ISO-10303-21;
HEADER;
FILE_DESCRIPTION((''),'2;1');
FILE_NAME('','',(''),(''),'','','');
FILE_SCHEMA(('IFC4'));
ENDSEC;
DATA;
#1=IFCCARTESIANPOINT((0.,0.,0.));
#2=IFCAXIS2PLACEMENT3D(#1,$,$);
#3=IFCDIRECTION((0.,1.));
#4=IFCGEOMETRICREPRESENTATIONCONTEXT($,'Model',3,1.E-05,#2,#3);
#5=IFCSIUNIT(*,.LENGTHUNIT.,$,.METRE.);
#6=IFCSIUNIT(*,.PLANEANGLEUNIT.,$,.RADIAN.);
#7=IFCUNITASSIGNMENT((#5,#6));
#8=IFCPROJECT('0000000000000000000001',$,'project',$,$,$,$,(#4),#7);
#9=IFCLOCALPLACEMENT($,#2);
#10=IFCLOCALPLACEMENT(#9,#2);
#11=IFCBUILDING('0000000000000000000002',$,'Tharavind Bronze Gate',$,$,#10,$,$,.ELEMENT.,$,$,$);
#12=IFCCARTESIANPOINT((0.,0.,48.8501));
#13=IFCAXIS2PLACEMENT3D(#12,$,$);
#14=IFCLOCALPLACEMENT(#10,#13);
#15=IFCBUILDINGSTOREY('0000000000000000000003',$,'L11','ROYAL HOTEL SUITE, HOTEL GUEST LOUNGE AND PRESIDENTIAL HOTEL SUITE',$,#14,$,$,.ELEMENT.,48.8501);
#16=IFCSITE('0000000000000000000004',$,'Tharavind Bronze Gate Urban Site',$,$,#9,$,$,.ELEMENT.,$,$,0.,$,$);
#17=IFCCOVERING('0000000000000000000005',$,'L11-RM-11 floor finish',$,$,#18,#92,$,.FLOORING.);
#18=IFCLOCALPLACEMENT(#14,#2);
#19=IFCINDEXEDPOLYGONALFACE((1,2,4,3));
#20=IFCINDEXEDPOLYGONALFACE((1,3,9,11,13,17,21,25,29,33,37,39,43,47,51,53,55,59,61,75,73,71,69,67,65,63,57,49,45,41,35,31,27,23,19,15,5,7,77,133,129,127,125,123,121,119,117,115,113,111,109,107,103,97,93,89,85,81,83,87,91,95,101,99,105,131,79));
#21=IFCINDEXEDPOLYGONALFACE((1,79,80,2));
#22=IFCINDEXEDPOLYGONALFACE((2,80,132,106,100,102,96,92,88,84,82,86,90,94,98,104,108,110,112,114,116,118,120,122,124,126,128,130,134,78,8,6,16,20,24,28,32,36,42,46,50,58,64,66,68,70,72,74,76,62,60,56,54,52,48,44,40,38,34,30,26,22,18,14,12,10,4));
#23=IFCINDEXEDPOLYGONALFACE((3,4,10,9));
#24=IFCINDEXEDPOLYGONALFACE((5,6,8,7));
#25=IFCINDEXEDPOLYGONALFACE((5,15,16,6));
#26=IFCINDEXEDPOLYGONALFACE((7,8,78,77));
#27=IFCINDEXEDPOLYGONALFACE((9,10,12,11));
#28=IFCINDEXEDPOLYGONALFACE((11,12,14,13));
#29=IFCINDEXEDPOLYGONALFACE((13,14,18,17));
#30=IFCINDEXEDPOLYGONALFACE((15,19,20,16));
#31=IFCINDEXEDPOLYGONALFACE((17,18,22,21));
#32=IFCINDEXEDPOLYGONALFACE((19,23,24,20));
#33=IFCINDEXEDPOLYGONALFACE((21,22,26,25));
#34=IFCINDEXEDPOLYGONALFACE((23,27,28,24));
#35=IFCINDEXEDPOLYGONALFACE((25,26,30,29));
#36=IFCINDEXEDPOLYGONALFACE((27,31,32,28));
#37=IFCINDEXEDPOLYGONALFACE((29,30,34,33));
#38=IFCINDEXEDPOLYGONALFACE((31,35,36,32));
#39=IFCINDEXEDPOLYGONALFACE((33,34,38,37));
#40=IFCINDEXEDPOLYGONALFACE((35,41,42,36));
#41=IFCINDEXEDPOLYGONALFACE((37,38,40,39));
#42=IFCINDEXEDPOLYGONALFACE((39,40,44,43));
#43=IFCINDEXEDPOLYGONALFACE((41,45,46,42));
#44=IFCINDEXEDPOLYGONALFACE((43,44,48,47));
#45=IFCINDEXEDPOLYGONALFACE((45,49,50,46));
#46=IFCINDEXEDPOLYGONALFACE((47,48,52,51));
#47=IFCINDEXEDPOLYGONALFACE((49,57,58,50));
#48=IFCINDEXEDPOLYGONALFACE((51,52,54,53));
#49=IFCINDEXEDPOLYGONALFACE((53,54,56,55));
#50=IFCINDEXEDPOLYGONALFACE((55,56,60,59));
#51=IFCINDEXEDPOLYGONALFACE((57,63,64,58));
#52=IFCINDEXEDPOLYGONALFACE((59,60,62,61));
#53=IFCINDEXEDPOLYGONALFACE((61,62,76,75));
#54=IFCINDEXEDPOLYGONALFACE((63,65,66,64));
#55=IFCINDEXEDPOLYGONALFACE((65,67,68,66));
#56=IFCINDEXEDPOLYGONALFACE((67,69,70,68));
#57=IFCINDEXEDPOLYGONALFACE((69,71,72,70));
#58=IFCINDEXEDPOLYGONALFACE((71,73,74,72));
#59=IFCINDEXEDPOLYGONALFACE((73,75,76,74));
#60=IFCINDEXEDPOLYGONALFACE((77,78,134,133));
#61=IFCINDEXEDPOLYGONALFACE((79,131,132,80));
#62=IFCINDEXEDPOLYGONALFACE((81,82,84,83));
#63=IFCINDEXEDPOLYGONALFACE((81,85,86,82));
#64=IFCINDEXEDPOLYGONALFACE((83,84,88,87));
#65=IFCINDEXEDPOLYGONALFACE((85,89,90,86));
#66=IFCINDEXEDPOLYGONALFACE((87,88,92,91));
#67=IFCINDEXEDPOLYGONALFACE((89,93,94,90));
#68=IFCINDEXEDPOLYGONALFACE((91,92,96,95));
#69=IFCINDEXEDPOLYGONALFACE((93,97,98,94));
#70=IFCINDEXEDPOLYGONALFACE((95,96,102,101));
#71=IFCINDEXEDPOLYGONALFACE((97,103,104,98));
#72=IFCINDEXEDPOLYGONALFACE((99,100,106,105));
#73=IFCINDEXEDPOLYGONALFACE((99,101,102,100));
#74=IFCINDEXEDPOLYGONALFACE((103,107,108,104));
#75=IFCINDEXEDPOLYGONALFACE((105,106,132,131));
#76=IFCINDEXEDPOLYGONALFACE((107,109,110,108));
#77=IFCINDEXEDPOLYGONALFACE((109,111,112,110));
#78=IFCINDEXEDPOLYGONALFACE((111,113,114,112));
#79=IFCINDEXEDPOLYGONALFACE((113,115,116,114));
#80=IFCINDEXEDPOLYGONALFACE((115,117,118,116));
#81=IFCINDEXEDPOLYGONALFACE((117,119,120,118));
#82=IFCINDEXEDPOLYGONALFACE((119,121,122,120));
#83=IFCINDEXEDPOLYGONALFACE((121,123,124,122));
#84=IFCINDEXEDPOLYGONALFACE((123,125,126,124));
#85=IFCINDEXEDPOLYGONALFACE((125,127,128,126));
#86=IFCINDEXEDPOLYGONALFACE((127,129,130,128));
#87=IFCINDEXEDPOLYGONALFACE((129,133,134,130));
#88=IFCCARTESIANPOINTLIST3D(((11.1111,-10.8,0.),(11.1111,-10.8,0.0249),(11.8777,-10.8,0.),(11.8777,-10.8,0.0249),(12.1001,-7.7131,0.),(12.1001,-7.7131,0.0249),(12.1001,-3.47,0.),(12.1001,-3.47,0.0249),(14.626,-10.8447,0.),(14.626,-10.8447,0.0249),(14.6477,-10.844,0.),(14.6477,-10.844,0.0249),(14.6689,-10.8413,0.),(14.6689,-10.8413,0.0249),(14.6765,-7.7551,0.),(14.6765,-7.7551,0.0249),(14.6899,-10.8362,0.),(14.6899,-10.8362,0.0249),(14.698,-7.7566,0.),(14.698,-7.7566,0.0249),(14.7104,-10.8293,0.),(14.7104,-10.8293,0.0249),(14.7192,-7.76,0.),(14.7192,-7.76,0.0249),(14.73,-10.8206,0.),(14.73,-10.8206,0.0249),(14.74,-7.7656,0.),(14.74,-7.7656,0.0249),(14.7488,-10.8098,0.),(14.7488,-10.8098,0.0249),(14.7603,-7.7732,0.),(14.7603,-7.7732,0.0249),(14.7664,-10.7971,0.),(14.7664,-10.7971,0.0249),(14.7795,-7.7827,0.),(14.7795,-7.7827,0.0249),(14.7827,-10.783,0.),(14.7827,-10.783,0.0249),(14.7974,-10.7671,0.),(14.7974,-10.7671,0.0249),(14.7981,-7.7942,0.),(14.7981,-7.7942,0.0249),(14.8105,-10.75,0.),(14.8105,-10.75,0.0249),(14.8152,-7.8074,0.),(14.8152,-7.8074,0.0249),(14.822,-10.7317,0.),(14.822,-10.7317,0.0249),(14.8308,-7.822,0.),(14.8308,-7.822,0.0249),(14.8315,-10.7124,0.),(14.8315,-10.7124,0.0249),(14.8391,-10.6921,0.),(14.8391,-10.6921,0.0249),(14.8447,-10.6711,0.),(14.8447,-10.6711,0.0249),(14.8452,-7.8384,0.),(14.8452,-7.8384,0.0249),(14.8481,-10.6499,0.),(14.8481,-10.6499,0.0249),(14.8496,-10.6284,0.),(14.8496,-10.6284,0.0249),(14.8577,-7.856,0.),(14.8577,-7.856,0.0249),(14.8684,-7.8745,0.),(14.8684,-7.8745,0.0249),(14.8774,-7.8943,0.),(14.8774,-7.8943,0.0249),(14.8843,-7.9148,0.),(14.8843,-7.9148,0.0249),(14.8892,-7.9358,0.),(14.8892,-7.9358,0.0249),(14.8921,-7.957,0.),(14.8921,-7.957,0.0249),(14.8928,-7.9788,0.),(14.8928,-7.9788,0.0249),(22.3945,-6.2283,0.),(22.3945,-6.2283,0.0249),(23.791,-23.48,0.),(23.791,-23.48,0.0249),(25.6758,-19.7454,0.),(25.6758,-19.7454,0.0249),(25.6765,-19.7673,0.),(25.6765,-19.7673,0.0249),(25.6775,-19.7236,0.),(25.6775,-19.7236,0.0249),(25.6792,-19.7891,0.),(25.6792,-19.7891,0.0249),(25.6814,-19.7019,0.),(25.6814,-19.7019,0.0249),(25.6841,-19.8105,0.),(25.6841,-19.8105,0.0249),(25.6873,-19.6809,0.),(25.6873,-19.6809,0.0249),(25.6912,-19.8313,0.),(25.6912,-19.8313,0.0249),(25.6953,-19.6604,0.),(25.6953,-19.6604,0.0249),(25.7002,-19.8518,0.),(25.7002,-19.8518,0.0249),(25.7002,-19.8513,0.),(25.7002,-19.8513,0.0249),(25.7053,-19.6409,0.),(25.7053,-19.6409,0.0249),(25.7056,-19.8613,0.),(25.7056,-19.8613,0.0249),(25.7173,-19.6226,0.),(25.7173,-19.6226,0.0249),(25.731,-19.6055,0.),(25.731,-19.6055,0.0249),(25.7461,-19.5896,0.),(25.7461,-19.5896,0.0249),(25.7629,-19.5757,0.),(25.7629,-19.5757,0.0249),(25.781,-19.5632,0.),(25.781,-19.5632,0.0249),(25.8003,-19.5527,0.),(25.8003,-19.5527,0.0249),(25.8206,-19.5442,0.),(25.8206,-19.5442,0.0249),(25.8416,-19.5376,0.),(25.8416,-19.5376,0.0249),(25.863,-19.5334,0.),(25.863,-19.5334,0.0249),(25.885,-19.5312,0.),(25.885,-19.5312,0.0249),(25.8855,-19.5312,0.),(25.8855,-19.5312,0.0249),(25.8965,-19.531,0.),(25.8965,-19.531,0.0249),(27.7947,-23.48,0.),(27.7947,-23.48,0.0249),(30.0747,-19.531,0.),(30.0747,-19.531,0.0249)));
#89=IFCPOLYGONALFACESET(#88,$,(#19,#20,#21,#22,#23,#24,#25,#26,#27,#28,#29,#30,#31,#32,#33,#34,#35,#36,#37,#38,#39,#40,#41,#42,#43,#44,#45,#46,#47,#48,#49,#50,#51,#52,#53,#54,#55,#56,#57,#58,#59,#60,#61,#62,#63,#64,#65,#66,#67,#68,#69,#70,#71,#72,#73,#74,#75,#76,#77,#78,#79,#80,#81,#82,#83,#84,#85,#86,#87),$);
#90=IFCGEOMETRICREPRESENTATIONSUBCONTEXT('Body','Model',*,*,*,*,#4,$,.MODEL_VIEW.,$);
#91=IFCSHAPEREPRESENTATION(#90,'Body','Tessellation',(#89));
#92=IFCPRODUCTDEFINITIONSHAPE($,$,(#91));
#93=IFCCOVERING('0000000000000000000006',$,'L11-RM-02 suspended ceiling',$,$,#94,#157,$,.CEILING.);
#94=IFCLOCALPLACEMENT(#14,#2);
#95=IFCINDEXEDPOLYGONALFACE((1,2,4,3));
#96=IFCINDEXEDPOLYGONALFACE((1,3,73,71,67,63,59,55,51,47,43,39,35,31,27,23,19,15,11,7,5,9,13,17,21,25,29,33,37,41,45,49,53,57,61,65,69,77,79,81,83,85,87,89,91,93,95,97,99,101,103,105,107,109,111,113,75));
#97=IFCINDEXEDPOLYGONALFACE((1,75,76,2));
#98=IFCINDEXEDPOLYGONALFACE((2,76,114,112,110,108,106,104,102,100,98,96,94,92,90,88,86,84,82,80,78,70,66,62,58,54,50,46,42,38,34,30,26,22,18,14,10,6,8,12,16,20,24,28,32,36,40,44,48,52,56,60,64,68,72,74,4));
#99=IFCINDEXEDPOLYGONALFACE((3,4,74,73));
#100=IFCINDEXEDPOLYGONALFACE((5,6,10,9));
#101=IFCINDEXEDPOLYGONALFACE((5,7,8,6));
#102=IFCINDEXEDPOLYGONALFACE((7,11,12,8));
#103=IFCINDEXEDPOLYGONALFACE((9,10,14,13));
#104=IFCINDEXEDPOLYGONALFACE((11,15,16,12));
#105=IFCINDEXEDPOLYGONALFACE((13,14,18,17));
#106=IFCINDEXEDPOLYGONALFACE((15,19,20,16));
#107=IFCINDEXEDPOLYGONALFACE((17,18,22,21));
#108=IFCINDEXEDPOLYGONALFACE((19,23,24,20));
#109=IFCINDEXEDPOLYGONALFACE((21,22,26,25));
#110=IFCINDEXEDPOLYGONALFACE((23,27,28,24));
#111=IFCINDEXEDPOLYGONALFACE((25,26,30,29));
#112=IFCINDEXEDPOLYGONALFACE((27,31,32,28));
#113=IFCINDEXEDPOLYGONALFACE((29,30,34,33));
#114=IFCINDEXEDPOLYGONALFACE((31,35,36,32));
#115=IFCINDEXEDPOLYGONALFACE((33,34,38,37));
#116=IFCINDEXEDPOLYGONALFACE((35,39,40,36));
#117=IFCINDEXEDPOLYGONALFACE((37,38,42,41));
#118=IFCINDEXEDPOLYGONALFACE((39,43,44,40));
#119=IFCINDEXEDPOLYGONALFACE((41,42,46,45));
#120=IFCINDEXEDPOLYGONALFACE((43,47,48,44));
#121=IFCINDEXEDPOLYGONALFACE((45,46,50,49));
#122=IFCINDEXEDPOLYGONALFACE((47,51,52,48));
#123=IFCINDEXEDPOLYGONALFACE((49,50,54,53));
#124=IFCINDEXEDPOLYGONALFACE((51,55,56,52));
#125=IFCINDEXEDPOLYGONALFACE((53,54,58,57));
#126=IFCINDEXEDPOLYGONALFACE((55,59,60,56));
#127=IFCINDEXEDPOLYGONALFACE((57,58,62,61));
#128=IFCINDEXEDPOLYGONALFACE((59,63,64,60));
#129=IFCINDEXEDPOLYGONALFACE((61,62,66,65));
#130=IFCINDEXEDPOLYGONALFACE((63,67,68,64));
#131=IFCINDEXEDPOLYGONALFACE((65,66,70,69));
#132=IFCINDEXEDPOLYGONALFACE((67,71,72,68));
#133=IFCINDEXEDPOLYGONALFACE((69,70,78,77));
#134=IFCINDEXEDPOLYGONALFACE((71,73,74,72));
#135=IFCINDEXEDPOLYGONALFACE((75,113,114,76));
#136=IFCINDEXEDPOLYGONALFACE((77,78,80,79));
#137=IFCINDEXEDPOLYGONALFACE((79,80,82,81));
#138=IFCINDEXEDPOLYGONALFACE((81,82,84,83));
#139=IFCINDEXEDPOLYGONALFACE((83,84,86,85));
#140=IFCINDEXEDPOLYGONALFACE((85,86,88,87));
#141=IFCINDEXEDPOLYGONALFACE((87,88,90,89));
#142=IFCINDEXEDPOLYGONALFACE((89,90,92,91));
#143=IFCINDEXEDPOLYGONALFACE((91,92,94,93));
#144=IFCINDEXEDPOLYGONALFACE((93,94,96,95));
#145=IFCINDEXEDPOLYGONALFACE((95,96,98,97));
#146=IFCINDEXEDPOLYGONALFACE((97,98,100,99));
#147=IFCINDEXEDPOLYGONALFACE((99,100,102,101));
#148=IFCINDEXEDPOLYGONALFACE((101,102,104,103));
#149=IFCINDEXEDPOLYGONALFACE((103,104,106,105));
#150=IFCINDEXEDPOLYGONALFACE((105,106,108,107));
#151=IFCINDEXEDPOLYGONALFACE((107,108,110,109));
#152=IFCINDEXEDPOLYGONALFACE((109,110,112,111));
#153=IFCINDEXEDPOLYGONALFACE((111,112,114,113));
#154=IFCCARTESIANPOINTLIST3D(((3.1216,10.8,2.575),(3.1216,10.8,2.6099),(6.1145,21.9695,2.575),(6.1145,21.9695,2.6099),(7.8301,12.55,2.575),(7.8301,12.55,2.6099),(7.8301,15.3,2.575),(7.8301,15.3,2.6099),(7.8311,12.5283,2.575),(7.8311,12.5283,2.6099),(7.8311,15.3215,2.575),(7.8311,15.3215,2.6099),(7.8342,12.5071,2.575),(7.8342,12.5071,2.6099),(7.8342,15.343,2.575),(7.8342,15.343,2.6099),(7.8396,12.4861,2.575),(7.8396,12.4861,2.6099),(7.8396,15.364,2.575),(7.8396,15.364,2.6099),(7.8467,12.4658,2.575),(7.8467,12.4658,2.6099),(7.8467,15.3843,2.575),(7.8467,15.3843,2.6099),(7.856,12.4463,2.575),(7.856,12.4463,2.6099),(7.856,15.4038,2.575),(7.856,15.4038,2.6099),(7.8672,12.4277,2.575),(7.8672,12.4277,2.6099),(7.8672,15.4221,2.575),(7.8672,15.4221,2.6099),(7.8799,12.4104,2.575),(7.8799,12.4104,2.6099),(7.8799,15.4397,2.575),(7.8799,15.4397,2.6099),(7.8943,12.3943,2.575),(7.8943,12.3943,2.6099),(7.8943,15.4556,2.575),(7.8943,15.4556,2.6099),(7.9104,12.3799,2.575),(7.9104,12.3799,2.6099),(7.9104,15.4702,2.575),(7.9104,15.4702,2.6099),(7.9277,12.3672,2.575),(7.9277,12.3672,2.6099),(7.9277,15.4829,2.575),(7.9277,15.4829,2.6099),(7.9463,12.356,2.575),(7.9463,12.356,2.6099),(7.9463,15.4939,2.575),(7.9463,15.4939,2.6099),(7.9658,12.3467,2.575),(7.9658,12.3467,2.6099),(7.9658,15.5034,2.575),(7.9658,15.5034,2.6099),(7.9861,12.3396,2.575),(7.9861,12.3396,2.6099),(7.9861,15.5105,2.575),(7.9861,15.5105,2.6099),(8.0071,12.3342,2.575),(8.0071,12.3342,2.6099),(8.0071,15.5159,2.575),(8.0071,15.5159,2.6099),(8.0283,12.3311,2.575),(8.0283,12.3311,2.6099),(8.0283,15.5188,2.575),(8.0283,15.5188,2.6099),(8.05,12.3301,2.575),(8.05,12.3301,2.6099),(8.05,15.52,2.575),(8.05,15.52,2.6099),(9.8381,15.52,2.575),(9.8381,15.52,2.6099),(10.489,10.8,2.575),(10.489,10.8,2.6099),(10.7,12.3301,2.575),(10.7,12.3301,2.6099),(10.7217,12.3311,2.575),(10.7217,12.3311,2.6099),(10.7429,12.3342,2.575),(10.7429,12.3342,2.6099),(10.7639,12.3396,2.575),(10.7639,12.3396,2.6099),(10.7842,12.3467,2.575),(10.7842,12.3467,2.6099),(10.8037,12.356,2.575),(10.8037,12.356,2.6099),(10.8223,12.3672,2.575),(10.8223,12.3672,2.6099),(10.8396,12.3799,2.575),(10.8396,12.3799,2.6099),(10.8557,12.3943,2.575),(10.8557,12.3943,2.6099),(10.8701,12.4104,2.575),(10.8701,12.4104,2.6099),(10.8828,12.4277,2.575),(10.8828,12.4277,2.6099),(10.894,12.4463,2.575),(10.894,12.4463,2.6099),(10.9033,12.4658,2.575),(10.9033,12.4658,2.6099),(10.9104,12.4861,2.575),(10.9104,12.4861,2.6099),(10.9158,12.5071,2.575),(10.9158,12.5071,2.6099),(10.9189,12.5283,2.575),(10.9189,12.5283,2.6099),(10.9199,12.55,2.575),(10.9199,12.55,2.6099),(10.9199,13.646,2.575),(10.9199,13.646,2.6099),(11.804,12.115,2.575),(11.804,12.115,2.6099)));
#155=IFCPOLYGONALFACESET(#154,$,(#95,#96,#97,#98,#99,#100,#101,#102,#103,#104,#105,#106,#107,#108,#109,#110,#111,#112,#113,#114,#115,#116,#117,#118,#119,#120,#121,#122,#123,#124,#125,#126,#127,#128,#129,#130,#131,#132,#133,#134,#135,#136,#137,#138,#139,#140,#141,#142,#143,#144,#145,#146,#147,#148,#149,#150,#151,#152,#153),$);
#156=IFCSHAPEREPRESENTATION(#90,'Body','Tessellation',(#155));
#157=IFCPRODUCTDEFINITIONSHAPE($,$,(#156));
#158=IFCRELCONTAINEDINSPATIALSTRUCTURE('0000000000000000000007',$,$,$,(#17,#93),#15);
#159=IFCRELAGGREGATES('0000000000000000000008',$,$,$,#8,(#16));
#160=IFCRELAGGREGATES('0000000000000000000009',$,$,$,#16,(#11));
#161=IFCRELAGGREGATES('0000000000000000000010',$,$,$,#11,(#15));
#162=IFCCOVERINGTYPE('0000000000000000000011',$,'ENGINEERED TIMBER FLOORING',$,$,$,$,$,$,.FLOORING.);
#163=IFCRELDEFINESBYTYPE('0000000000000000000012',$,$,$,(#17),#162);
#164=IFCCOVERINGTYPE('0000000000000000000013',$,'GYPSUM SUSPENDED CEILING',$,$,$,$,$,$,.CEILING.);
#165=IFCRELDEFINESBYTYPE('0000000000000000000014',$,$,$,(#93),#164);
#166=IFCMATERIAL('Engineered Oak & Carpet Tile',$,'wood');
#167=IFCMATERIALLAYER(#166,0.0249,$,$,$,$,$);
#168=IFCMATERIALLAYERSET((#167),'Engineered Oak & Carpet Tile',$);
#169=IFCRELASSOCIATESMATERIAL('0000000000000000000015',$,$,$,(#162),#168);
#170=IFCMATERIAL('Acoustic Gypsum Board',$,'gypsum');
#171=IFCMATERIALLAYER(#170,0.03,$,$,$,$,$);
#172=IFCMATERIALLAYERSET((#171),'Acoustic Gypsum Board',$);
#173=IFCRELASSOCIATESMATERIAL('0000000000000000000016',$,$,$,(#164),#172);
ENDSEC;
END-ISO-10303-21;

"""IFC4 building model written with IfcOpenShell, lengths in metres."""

from ifc_helpers import new_model, si_unit, direction, frame, origin, place, context, subcontext, project, spatial, polyline, outline, extrude, material, layer, layer_set, type_object, element, save


model = new_model("IFC4")

# Units and contexts
model_context = context("Model", 3, precision=1e-05, world=origin(), true_north=direction((0.0, 1.0)))
body_context = subcontext(model_context, "Body", "Model", "MODEL_VIEW")
ifc_project = project(units=[si_unit("LENGTHUNIT", "METRE"), si_unit("PLANEANGLEUNIT", "RADIAN")], contexts=[model_context])

# Site, building, storey
site_placement = place(None, origin())
site = spatial("IfcSite", under=ifc_project, at=site_placement, Name="Tharavind Bronze Gate Urban Site", CompositionType="ELEMENT", RefElevation=0.0)
building_placement = place(site_placement, origin())
building = spatial("IfcBuilding", under=site, at=building_placement, Name="Tharavind Bronze Gate", CompositionType="ELEMENT")
storey_placement = place(building_placement, frame((0.0, 0.0, 48.8501)))
storey = spatial("IfcBuildingStorey", under=building, at=storey_placement, Name="L11", Description="ROYAL HOTEL SUITE, HOTEL GUEST LOUNGE AND PRESIDENTIAL HOTEL SUITE", CompositionType="ELEMENT", Elevation=48.8501)

# Coverings
ifc_material_1 = material(Name="Engineered Oak & Carpet Tile", Category="wood")
ifc_layer_1 = layer(ifc_material_1, 0.0249)
ifc_layer_set_1 = layer_set([ifc_layer_1], Name="Engineered Oak & Carpet Tile")
covering_type_1 = type_object("IfcCoveringType", Name="ENGINEERED TIMBER FLOORING", PredefinedType="FLOORING", material=ifc_layer_set_1)
covering_1_placement = place(storey_placement, origin())
element("IfcCovering", 1, at=covering_1_placement, inside=storey, type_object=covering_type_1, Name="L11-RM-11 floor finish", PredefinedType="FLOORING", context=body_context, shape_type="SweptSolid", body=[
    extrude(outline(polyline([(23.791, -23.48), (27.7947, -23.48), (25.7056, -19.8613), (25.7002, -19.8518), (25.7002, -19.8513), (25.6912, -19.8313), (25.6841, -19.8105), (25.6792, -19.7891), (25.6765, -19.7673), (25.6758, -19.7454), (25.6775, -19.7236), (25.6814, -19.7019), (25.6873, -19.6809), (25.6953, -19.6604), (25.7053, -19.6409), (25.7173, -19.6226), (25.731, -19.6055), (25.7461, -19.5896), (25.7629, -19.5757), (25.781, -19.5632), (25.8003, -19.5527), (25.8206, -19.5442), (25.8416, -19.5376), (25.863, -19.5334), (25.885, -19.5312), (25.8855, -19.5312), (25.8965, -19.531), (30.0747, -19.531), (22.3945, -6.2283), (12.1001, -3.47), (12.1001, -7.7131), (14.6765, -7.7551), (14.698, -7.7566), (14.7192, -7.76), (14.74, -7.7656), (14.7603, -7.7732), (14.7795, -7.7827), (14.7981, -7.7942), (14.8152, -7.8074), (14.8308, -7.822), (14.8452, -7.8384), (14.8577, -7.856), (14.8684, -7.8745), (14.8774, -7.8943), (14.8843, -7.9148), (14.8892, -7.9358), (14.8921, -7.957), (14.8928, -7.9788), (14.8496, -10.6284), (14.8481, -10.6499), (14.8447, -10.6711), (14.8391, -10.6921), (14.8315, -10.7124), (14.822, -10.7317), (14.8105, -10.75), (14.7974, -10.7671), (14.7827, -10.783), (14.7664, -10.7971), (14.7488, -10.8098), (14.73, -10.8206), (14.7104, -10.8293), (14.6899, -10.8362), (14.6689, -10.8413), (14.6477, -10.844), (14.626, -10.8447), (11.8777, -10.8), (11.1111, -10.8), (23.791, -23.48)])), origin(), (0.0, 0.0, 1.0), 0.0249),
])
ifc_material_2 = material(Name="Acoustic Gypsum Board", Category="gypsum")
ifc_layer_2 = layer(ifc_material_2, 0.03)
ifc_layer_set_2 = layer_set([ifc_layer_2], Name="Acoustic Gypsum Board")
covering_type_2 = type_object("IfcCoveringType", Name="GYPSUM SUSPENDED CEILING", PredefinedType="CEILING", material=ifc_layer_set_2)
covering_2_placement = place(storey_placement, frame((0.0, 0.0, 2.575)))
element("IfcCovering", 2, at=covering_2_placement, inside=storey, type_object=covering_type_2, Name="L11-RM-02 suspended ceiling", PredefinedType="CEILING", context=body_context, shape_type="SweptSolid", body=[
    extrude(outline(polyline([(10.489, 10.8), (11.804, 12.115), (10.9199, 13.646), (10.9199, 12.55), (10.9189, 12.5283), (10.9158, 12.5071), (10.9104, 12.4861), (10.9033, 12.4658), (10.894, 12.4463), (10.8828, 12.4277), (10.8701, 12.4104), (10.8557, 12.3943), (10.8396, 12.3799), (10.8223, 12.3672), (10.8037, 12.356), (10.7842, 12.3467), (10.7639, 12.3396), (10.7429, 12.3342), (10.7217, 12.3311), (10.7, 12.3301), (8.05, 12.3301), (8.0283, 12.3311), (8.0071, 12.3342), (7.9861, 12.3396), (7.9658, 12.3467), (7.9463, 12.356), (7.9277, 12.3672), (7.9104, 12.3799), (7.8943, 12.3943), (7.8799, 12.4104), (7.8672, 12.4277), (7.856, 12.4463), (7.8467, 12.4658), (7.8396, 12.4861), (7.8342, 12.5071), (7.8311, 12.5283), (7.8301, 12.55), (7.8301, 15.3), (7.8311, 15.3215), (7.8342, 15.343), (7.8396, 15.364), (7.8467, 15.3843), (7.856, 15.4038), (7.8672, 15.4221), (7.8799, 15.4397), (7.8943, 15.4556), (7.9104, 15.4702), (7.9277, 15.4829), (7.9463, 15.4939), (7.9658, 15.5034), (7.9861, 15.5105), (8.0071, 15.5159), (8.0283, 15.5188), (8.05, 15.52), (9.8381, 15.52), (6.1145, 21.9695), (3.1216, 10.8), (10.489, 10.8)])), origin(), (0.0, 0.0, 1.0), 0.0349),
])

save(model, "model.ifc")
